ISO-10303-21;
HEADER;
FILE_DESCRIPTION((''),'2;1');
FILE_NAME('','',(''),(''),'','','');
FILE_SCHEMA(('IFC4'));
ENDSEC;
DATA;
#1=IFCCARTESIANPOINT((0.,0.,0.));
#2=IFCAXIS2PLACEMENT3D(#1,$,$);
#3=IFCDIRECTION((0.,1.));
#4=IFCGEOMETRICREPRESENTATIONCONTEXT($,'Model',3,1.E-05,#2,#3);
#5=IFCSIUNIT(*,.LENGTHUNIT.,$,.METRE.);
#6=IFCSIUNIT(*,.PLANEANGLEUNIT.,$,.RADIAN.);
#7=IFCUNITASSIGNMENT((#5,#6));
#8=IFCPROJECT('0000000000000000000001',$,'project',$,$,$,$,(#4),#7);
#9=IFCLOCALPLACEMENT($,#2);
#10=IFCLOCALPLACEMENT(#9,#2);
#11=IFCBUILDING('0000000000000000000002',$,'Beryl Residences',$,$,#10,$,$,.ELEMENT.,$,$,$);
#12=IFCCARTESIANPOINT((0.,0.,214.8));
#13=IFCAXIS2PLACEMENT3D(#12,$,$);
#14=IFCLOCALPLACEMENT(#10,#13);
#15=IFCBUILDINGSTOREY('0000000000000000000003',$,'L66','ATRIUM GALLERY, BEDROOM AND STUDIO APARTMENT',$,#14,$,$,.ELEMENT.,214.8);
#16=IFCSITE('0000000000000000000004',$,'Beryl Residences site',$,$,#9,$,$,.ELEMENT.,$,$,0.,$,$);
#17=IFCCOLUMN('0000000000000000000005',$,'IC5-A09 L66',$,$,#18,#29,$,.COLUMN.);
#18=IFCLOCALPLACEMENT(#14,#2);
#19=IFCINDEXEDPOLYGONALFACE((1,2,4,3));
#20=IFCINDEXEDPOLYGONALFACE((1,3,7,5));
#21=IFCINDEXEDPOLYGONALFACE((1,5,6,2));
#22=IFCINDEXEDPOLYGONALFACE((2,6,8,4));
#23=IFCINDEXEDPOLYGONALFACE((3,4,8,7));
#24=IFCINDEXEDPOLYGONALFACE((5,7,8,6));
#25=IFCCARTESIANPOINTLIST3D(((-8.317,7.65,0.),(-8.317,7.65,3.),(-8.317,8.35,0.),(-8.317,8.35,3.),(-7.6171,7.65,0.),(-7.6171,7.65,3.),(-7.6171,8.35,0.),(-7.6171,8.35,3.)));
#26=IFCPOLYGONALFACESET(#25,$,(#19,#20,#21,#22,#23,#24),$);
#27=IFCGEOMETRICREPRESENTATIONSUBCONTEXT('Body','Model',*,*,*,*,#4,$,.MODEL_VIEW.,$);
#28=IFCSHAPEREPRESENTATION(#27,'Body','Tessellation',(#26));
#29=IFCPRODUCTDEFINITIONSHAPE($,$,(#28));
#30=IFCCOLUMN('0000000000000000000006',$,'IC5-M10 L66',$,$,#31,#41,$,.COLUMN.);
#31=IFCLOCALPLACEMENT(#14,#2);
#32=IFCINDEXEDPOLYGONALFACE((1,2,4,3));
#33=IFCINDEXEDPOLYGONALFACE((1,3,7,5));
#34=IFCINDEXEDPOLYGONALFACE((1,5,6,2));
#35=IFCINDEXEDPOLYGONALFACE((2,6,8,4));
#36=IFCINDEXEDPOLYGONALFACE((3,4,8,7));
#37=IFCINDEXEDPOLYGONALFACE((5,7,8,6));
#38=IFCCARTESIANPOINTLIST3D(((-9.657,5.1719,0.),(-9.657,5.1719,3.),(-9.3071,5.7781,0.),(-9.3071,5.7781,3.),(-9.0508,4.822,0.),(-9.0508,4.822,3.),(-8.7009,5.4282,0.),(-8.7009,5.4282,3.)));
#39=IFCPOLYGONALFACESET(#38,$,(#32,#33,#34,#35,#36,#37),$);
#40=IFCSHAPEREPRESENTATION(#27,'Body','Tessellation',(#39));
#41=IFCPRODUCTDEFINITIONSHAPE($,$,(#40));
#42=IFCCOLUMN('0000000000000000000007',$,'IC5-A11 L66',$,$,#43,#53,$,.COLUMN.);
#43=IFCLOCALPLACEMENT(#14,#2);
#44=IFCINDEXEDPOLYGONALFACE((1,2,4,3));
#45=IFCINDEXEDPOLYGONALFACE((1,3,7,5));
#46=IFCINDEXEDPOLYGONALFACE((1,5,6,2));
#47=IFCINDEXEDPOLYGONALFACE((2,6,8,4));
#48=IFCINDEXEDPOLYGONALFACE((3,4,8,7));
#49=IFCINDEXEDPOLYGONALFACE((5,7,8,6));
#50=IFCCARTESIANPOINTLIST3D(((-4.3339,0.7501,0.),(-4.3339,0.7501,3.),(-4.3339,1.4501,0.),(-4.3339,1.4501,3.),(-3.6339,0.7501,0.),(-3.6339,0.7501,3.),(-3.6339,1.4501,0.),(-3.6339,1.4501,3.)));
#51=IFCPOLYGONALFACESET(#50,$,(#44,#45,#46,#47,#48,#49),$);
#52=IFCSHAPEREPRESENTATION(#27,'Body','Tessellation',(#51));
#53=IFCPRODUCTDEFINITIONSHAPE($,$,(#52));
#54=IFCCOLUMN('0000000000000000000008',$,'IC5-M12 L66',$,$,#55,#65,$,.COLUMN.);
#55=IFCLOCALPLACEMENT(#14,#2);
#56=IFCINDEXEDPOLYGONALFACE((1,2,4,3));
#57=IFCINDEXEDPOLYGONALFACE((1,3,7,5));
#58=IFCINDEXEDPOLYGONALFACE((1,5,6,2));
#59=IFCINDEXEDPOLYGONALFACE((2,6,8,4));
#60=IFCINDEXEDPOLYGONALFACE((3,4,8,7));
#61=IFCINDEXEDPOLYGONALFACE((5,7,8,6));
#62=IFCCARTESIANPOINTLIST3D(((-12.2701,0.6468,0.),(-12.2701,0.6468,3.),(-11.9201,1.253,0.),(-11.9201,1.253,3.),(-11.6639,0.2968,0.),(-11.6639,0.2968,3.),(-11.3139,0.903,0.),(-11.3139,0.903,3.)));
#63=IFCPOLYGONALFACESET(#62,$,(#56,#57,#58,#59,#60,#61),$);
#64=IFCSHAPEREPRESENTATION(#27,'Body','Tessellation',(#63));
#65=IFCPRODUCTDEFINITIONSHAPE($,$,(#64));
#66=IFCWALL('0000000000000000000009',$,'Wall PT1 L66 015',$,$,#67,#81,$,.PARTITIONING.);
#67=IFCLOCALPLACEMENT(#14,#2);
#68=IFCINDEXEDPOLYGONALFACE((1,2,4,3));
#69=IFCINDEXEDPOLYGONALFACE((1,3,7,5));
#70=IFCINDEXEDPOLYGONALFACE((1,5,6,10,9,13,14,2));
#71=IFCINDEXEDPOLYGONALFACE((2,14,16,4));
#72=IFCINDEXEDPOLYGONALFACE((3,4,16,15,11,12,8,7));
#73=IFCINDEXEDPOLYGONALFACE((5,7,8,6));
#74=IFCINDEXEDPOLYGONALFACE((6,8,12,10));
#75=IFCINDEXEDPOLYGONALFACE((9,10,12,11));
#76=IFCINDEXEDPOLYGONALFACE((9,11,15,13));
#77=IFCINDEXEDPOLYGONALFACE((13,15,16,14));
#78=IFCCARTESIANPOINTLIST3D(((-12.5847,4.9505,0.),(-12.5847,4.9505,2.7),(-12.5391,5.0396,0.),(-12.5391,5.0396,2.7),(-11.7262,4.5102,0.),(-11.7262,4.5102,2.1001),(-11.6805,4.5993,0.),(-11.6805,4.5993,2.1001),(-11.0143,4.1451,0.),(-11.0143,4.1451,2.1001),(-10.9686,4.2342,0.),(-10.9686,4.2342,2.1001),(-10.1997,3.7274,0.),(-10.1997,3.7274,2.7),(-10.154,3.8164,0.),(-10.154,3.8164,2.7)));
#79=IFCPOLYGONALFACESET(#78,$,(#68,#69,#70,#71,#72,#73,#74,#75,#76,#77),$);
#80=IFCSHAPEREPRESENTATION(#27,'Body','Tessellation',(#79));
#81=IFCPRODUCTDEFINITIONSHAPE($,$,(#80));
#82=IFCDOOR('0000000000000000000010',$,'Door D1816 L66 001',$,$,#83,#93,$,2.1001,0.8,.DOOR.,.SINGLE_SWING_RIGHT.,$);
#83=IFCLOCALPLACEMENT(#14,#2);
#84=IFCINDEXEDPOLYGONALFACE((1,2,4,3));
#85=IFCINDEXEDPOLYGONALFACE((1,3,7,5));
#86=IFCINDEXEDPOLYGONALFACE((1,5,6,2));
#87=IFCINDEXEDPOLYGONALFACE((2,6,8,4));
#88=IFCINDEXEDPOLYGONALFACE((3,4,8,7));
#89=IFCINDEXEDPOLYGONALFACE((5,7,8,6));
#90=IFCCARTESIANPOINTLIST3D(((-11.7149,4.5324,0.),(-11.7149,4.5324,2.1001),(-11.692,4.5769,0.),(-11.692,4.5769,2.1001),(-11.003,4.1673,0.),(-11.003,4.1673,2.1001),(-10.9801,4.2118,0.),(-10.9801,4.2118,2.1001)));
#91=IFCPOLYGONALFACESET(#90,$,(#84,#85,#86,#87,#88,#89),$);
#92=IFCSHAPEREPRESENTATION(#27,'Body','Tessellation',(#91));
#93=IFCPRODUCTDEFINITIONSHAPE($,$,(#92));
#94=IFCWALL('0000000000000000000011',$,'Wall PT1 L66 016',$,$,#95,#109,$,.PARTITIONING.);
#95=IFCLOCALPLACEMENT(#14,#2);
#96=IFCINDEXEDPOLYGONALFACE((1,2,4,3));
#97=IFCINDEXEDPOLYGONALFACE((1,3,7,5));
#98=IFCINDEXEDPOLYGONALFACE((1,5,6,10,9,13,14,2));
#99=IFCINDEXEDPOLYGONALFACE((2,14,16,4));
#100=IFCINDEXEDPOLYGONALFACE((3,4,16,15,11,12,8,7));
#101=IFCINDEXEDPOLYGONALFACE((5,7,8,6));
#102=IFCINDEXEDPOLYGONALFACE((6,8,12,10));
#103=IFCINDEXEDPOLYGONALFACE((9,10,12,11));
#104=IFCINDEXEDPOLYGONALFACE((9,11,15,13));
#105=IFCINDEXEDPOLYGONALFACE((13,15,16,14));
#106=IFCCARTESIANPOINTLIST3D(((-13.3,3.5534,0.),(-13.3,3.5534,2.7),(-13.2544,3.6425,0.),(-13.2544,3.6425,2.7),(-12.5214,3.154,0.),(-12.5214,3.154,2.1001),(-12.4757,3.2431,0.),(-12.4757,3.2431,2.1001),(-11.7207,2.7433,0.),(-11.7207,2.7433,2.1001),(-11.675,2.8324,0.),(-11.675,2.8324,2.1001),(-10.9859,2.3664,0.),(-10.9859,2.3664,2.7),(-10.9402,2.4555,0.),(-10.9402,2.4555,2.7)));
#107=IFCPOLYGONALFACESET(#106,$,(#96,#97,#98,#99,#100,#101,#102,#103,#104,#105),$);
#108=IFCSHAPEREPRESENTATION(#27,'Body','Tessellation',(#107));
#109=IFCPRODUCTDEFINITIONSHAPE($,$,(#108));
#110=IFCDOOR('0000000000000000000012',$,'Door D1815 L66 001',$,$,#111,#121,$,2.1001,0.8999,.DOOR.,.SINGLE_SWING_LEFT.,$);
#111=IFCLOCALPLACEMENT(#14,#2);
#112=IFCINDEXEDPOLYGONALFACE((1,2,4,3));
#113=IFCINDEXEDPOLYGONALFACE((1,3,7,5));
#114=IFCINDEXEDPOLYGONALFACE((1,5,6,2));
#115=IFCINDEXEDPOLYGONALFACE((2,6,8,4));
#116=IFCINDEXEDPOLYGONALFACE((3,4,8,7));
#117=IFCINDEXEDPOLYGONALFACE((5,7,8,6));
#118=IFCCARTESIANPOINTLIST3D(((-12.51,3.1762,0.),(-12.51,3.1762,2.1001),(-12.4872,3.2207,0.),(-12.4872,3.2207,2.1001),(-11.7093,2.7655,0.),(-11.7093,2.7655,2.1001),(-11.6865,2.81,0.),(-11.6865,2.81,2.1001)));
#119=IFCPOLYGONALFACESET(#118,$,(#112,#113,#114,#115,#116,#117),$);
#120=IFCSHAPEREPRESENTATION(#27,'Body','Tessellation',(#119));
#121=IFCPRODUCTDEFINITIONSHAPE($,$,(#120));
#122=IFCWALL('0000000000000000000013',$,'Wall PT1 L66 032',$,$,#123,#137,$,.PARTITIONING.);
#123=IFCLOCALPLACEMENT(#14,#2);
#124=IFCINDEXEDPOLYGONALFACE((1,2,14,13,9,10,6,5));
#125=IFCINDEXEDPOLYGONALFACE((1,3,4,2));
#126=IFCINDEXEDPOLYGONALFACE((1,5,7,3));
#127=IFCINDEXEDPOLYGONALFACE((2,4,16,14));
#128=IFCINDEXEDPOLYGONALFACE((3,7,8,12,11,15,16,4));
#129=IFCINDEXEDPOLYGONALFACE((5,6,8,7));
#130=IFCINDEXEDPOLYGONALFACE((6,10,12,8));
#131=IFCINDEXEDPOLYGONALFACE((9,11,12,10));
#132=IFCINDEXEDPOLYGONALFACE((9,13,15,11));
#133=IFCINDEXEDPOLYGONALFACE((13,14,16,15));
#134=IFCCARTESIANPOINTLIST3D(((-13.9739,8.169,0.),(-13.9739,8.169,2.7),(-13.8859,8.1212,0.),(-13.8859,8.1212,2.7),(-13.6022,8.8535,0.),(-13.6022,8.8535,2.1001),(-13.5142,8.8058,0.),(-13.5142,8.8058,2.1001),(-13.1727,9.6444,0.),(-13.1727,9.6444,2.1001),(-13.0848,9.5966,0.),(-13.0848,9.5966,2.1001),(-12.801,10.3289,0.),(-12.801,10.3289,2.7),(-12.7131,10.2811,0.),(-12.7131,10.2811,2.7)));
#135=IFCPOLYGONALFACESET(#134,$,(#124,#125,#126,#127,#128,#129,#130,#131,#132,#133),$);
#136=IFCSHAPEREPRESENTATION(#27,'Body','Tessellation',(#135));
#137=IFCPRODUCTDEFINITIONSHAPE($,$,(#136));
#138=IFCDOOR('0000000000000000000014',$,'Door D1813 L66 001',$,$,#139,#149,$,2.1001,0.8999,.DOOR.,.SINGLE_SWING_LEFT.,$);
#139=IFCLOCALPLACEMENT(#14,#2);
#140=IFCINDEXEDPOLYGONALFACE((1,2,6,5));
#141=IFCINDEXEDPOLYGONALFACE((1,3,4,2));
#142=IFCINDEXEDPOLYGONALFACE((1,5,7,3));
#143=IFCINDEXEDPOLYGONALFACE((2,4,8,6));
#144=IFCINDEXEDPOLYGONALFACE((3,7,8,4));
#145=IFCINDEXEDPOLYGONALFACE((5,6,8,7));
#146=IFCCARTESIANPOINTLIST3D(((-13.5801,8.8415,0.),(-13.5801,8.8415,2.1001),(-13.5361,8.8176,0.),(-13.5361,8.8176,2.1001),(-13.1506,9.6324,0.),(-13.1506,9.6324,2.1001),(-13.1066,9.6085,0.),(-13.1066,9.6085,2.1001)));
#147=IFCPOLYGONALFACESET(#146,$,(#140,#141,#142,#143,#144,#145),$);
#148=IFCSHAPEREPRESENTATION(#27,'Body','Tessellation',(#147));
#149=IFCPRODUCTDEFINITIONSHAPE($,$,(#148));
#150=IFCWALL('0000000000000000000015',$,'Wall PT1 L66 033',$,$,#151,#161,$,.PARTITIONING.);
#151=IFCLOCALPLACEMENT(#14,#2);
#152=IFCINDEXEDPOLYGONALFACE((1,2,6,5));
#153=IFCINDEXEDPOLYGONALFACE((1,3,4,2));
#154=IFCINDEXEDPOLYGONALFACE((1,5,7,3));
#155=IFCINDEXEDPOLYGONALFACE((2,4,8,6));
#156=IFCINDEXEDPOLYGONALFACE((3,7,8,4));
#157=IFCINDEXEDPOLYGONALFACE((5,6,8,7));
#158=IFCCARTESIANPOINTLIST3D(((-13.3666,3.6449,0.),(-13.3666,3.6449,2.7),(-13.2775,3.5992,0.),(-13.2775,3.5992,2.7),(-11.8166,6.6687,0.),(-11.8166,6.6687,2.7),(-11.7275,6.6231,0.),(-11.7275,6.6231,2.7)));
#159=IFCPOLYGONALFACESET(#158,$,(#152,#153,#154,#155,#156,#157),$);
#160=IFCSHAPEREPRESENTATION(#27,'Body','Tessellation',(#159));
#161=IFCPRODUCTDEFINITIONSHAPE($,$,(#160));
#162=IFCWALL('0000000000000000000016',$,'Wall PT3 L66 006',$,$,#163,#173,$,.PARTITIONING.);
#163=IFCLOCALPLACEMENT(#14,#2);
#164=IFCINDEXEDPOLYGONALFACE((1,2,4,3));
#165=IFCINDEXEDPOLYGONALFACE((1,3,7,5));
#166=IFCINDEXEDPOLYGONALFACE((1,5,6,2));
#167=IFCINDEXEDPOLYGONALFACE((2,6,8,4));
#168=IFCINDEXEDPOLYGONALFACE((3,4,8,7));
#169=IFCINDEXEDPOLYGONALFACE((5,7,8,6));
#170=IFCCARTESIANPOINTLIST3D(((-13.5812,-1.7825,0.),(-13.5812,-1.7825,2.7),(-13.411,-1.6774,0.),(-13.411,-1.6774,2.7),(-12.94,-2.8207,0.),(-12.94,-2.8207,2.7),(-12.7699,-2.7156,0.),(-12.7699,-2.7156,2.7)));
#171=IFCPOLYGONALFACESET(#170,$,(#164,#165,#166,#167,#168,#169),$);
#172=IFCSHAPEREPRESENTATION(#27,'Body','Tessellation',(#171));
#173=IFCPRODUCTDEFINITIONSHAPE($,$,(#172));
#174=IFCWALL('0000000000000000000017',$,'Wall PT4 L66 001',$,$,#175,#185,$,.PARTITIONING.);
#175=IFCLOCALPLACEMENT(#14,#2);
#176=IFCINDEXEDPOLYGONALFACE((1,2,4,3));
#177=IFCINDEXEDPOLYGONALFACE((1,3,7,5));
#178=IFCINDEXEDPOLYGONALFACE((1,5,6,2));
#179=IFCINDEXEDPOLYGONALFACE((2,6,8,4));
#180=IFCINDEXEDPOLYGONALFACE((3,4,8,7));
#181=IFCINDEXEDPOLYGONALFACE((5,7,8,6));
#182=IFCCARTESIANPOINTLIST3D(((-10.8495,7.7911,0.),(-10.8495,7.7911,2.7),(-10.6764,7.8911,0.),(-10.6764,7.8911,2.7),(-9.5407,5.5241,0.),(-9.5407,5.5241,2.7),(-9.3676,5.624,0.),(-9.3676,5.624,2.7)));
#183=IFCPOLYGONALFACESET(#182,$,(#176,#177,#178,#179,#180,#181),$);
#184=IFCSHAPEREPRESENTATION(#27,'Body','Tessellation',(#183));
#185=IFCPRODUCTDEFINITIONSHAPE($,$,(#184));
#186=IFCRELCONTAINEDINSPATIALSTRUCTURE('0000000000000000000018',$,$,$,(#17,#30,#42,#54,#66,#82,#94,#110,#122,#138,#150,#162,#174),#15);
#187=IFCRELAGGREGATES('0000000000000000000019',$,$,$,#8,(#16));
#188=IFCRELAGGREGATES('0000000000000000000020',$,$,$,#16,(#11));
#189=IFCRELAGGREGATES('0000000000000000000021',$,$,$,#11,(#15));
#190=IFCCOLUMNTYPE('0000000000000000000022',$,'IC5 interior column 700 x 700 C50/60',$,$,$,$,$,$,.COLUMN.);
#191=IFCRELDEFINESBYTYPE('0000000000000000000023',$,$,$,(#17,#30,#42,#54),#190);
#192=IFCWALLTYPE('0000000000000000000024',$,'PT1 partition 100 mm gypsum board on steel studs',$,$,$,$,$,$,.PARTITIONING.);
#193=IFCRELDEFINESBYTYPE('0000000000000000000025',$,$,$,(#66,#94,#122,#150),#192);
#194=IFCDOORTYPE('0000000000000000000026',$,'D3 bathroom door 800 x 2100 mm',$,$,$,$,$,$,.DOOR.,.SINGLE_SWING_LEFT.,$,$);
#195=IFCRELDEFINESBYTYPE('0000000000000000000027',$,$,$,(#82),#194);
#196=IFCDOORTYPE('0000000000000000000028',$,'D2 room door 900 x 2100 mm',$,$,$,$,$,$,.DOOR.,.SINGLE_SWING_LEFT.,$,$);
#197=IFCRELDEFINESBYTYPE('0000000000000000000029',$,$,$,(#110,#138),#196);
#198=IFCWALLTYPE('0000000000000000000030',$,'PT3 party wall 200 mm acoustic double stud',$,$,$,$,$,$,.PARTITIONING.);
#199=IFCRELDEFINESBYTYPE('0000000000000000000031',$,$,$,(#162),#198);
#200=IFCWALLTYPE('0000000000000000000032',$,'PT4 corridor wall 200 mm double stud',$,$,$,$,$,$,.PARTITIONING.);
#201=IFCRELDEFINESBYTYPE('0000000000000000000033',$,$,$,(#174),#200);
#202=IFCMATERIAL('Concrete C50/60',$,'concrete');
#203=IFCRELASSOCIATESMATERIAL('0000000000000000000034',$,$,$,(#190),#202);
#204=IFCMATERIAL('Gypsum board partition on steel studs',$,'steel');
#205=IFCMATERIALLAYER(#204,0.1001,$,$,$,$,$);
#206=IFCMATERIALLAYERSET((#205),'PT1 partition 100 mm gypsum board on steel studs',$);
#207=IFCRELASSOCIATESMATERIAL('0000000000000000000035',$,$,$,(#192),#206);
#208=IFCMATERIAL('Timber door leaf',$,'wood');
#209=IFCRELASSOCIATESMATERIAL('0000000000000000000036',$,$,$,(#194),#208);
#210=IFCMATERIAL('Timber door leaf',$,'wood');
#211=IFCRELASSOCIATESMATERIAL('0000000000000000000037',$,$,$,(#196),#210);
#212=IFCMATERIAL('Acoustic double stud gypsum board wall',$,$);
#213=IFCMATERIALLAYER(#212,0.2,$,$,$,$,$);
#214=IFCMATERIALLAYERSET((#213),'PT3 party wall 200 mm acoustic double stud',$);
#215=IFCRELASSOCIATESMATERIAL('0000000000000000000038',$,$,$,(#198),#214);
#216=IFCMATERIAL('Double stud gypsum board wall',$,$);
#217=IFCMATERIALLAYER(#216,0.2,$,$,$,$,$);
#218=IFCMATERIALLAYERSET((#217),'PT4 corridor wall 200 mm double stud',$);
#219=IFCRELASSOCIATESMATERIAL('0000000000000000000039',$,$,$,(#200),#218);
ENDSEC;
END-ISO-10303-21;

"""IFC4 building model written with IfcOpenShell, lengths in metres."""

from ifc_helpers import new_model, si_unit, direction, frame, frame_2d, origin, origin_2d, place, context, subcontext, project, spatial, rectangle, extrude, material, layer, layer_set, material_profile, profile_set, type_object, element, fill, save


model = new_model("IFC4")

# Units and contexts
model_context = context("Model", 3, precision=1e-05, world=origin(), true_north=direction((0.0, 1.0)))
body_context = subcontext(model_context, "Body", "Model", "MODEL_VIEW")
ifc_project = project(units=[si_unit("LENGTHUNIT", "METRE"), si_unit("PLANEANGLEUNIT", "RADIAN")], contexts=[model_context])

# Site, building, storey
site_placement = place(None, origin())
site = spatial("IfcSite", under=ifc_project, at=site_placement, Name="Beryl Residences site", CompositionType="ELEMENT", RefElevation=0.0)
building_placement = place(site_placement, origin())
building = spatial("IfcBuilding", under=site, at=building_placement, Name="Beryl Residences", CompositionType="ELEMENT")
storey_placement = place(building_placement, frame((0.0, 0.0, 214.8)))
storey = spatial("IfcBuildingStorey", under=building, at=storey_placement, Name="L66", Description="ATRIUM GALLERY, BEDROOM AND STUDIO APARTMENT", CompositionType="ELEMENT", Elevation=214.8)

# Columns
ifc_material_1 = material(Name="Concrete C50/60", Category="concrete")
ifc_material_profile = material_profile(ifc_material_1, rectangle(XDim=0.7, YDim=0.7, at=origin_2d()))
ifc_profile_set = profile_set([ifc_material_profile], Name="Concrete C50/60")
column_type = type_object("IfcColumnType", Name="IC5 interior column 700 x 700 C50/60", PredefinedType="COLUMN", material=ifc_profile_set)
for number, where, z_axis, x_axis, name in (
    (1, (-7.967, 8.0, 0.0), (0.0, 0.0, 1.0), (1.0, 0.0, 0.0), "IC5-A09 L66"),
    (2, (-9.179, 5.3, 0.0), (0.0, 0.0, 1.0), (-0.49997, -0.866043, 0.0), "IC5-M10 L66"),
    (3, (-3.9839, 1.1001, 0.0), (0.0, 0.0, 1.0), (1.0, 0.0, 0.0), "IC5-A11 L66"),
    (4, (-11.792, 0.7749, 0.0), (0.0, 0.0, 1.0), (-0.49997, -0.866043, 0.0), "IC5-M12 L66"),
):
    element("IfcColumn", number, at=place(storey_placement, frame(where, z_axis=z_axis, x_axis=x_axis)), inside=storey, type_object=column_type, Name=name, PredefinedType="COLUMN", context=body_context, shape_type="SweptSolid", body=[
        extrude(rectangle(XDim=0.7, YDim=0.7, at=origin_2d()), origin(), (0.0, 0.0, 1.0), 3.0),
    ])

# Walls, openings, doors
ifc_material_2 = material(Name="Gypsum board partition on steel studs", Category="steel")
ifc_layer_1 = layer(ifc_material_2, 0.1001)
ifc_layer_set_1 = layer_set([ifc_layer_1], Name="PT1 partition 100 mm gypsum board on steel studs")
wall_type_1 = type_object("IfcWallType", Name="PT1 partition 100 mm gypsum board on steel studs", PredefinedType="PARTITIONING", material=ifc_layer_set_1)
wall_1_placement = place(storey_placement, frame((-12.562, 4.9951, 0.0), z_axis=(0.0, 0.0, 1.0), x_axis=(0.889808, -0.456335, 0.0)))
wall_1 = element("IfcWall", 5, at=wall_1_placement, inside=storey, type_object=wall_type_1, Name="Wall PT1 L66 015", PredefinedType="PARTITIONING", context=body_context, shape_type="SweptSolid", body=[
    extrude(rectangle(XDim=2.6804, YDim=0.1001, at=frame_2d((1.3403, 0.0))), origin(), (0.0, 0.0, 1.0), 2.7),
])
opening_1_placement = place(wall_1_placement, frame((0.9651, 0.0, 0.0)))
opening_1 = element("IfcOpeningElement", 6, at=opening_1_placement, cuts=wall_1, PredefinedType="OPENING", context=body_context, shape_type="SweptSolid", body=[
    extrude(rectangle(XDim=0.8, YDim=2.1001, at=frame_2d((0.3999, 1.05))), frame((0.0, 0.0601, 0.0), z_axis=(0.0, -1.0, 0.0), x_axis=(1.0, 0.0, 0.0)), (0.0, 0.0, 1.0), 0.1201),
])
ifc_material_3 = material(Name="Timber door leaf", Category="wood")
door_type_1 = type_object("IfcDoorType", Name="D3 bathroom door 800 x 2100 mm", OperationType="SINGLE_SWING_LEFT", PredefinedType="DOOR", material=ifc_material_3)
door_1_placement = place(opening_1_placement, origin())
door_1 = element("IfcDoor", 7, at=door_1_placement, inside=storey, type_object=door_type_1, Name="Door D1816 L66 001", OperationType="SINGLE_SWING_RIGHT", OverallHeight=2.1001, OverallWidth=0.8, PredefinedType="DOOR", context=body_context, shape_type="SweptSolid", body=[
    extrude(rectangle(XDim=0.8, YDim=2.1001, at=frame_2d((0.3999, 1.05))), frame((0.0, 0.0249, 0.0), z_axis=(0.0, -1.0, 0.0), x_axis=(1.0, 0.0, 0.0)), (0.0, 0.0, 1.0), 0.05),
])
fill(opening_1, door_1)
wall_2_placement = place(storey_placement, frame((-13.2771, 3.5979, 0.0), z_axis=(0.0, 0.0, 1.0), x_axis=(0.88978, -0.456389, 0.0)))
wall_2 = element("IfcWall", 8, at=wall_2_placement, inside=storey, type_object=wall_type_1, Name="Wall PT1 L66 016", PredefinedType="PARTITIONING", context=body_context, shape_type="SweptSolid", body=[
    extrude(rectangle(XDim=2.6008, YDim=0.1001, at=frame_2d((1.3003, 0.0))), origin(), (0.0, 0.0, 1.0), 2.7),
])
opening_2_placement = place(wall_2_placement, frame((0.875, 0.0, 0.0)))
opening_2 = element("IfcOpeningElement", 9, at=opening_2_placement, cuts=wall_2, PredefinedType="OPENING", context=body_context, shape_type="SweptSolid", body=[
    extrude(rectangle(XDim=0.8999, YDim=2.1001, at=frame_2d((0.45, 1.05))), frame((0.0, 0.0601, 0.0), z_axis=(0.0, -1.0, 0.0), x_axis=(1.0, 0.0, 0.0)), (0.0, 0.0, 1.0), 0.1201),
])
ifc_material_4 = material(Name="Timber door leaf", Category="wood")
door_type_2 = type_object("IfcDoorType", Name="D2 room door 900 x 2100 mm", OperationType="SINGLE_SWING_LEFT", PredefinedType="DOOR", material=ifc_material_4)
door_2_placement = place(opening_2_placement, origin())
door_2 = element("IfcDoor", 10, at=door_2_placement, inside=storey, type_object=door_type_2, Name="Door D1815 L66 001", OperationType="SINGLE_SWING_LEFT", OverallHeight=2.1001, OverallWidth=0.8999, PredefinedType="DOOR", context=body_context, shape_type="SweptSolid", body=[
    extrude(rectangle(XDim=0.8999, YDim=2.1001, at=frame_2d((0.45, 1.05))), frame((0.0, 0.0249, 0.0), z_axis=(0.0, -1.0, 0.0), x_axis=(1.0, 0.0, 0.0)), (0.0, 0.0, 1.0), 0.05),
])
fill(opening_2, door_2)
wall_3_placement = place(storey_placement, frame((-13.9299, 8.145, 0.0), z_axis=(0.0, 0.0, 1.0), x_axis=(0.477195, 0.878797, 0.0)))
wall_3 = element("IfcWall", 11, at=wall_3_placement, inside=storey, type_object=wall_type_1, Name="Wall PT1 L66 032", PredefinedType="PARTITIONING", context=body_context, shape_type="SweptSolid", body=[
    extrude(rectangle(XDim=2.4578, YDim=0.1001, at=frame_2d((1.229, 0.0))), origin(), (0.0, 0.0, 1.0), 2.7),
])
opening_3_placement = place(wall_3_placement, frame((0.7791, 0.0, 0.0)))
opening_3 = element("IfcOpeningElement", 12, at=opening_3_placement, cuts=wall_3, PredefinedType="OPENING", context=body_context, shape_type="SweptSolid", body=[
    extrude(rectangle(XDim=0.8999, YDim=2.1001, at=frame_2d((0.45, 1.05))), frame((0.0, 0.0601, 0.0), z_axis=(0.0, -1.0, 0.0), x_axis=(1.0, 0.0, 0.0)), (0.0, 0.0, 1.0), 0.1201),
])
door_3_placement = place(opening_3_placement, origin())
door_3 = element("IfcDoor", 13, at=door_3_placement, inside=storey, type_object=door_type_2, Name="Door D1813 L66 001", OperationType="SINGLE_SWING_LEFT", OverallHeight=2.1001, OverallWidth=0.8999, PredefinedType="DOOR", context=body_context, shape_type="SweptSolid", body=[
    extrude(rectangle(XDim=0.8999, YDim=2.1001, at=frame_2d((0.45, 1.05))), frame((0.0, 0.0249, 0.0), z_axis=(0.0, -1.0, 0.0), x_axis=(1.0, 0.0, 0.0)), (0.0, 0.0, 1.0), 0.05),
])
fill(opening_3, door_3)

# Walls
wall_4_placement = place(storey_placement, frame((-13.322, 3.6221, 0.0), z_axis=(0.0, 0.0, 1.0), x_axis=(0.456158, 0.889899, 0.0)))
element("IfcWall", 14, at=wall_4_placement, inside=storey, type_object=wall_type_1, Name="Wall PT1 L66 033", PredefinedType="PARTITIONING", context=body_context, shape_type="SweptSolid", body=[
    extrude(rectangle(XDim=3.3979, YDim=0.1001, at=frame_2d((1.699, 0.0))), origin(), (0.0, 0.0, 1.0), 2.7),
])
ifc_material_5 = material(Name="Acoustic double stud gypsum board wall")
ifc_layer_2 = layer(ifc_material_5, 0.2)
ifc_layer_set_2 = layer_set([ifc_layer_2], Name="PT3 party wall 200 mm acoustic double stud")
wall_type_2 = type_object("IfcWallType", Name="PT3 party wall 200 mm acoustic double stud", PredefinedType="PARTITIONING", material=ifc_layer_set_2)
wall_5_placement = place(storey_placement, frame((-13.4961, -1.73, 0.0), z_axis=(0.0, 0.0, 1.0), x_axis=(0.525459, -0.850819, 0.0)))
element("IfcWall", 15, at=wall_5_placement, inside=storey, type_object=wall_type_2, Name="Wall PT3 L66 006", PredefinedType="PARTITIONING", context=body_context, shape_type="SweptSolid", body=[
    extrude(rectangle(XDim=1.2202, YDim=0.2, at=frame_2d((0.6101, 0.0))), origin(), (0.0, 0.0, 1.0), 2.7),
])
ifc_material_6 = material(Name="Double stud gypsum board wall")
ifc_layer_3 = layer(ifc_material_6, 0.2)
ifc_layer_set_3 = layer_set([ifc_layer_3], Name="PT4 corridor wall 200 mm double stud")
wall_type_3 = type_object("IfcWallType", Name="PT4 corridor wall 200 mm double stud", PredefinedType="PARTITIONING", material=ifc_layer_set_3)
wall_6_placement = place(storey_placement, frame((-10.7629, 7.8411, 0.0), z_axis=(0.0, 0.0, 1.0), x_axis=(0.499981, -0.866036, 0.0)))
element("IfcWall", 16, at=wall_6_placement, inside=storey, type_object=wall_type_3, Name="Wall PT4 L66 001", PredefinedType="PARTITIONING", context=body_context, shape_type="SweptSolid", body=[
    extrude(rectangle(XDim=2.6177, YDim=0.2, at=frame_2d((1.3088, 0.0))), origin(), (0.0, 0.0, 1.0), 2.7),
])

save(model, "model.ifc")
